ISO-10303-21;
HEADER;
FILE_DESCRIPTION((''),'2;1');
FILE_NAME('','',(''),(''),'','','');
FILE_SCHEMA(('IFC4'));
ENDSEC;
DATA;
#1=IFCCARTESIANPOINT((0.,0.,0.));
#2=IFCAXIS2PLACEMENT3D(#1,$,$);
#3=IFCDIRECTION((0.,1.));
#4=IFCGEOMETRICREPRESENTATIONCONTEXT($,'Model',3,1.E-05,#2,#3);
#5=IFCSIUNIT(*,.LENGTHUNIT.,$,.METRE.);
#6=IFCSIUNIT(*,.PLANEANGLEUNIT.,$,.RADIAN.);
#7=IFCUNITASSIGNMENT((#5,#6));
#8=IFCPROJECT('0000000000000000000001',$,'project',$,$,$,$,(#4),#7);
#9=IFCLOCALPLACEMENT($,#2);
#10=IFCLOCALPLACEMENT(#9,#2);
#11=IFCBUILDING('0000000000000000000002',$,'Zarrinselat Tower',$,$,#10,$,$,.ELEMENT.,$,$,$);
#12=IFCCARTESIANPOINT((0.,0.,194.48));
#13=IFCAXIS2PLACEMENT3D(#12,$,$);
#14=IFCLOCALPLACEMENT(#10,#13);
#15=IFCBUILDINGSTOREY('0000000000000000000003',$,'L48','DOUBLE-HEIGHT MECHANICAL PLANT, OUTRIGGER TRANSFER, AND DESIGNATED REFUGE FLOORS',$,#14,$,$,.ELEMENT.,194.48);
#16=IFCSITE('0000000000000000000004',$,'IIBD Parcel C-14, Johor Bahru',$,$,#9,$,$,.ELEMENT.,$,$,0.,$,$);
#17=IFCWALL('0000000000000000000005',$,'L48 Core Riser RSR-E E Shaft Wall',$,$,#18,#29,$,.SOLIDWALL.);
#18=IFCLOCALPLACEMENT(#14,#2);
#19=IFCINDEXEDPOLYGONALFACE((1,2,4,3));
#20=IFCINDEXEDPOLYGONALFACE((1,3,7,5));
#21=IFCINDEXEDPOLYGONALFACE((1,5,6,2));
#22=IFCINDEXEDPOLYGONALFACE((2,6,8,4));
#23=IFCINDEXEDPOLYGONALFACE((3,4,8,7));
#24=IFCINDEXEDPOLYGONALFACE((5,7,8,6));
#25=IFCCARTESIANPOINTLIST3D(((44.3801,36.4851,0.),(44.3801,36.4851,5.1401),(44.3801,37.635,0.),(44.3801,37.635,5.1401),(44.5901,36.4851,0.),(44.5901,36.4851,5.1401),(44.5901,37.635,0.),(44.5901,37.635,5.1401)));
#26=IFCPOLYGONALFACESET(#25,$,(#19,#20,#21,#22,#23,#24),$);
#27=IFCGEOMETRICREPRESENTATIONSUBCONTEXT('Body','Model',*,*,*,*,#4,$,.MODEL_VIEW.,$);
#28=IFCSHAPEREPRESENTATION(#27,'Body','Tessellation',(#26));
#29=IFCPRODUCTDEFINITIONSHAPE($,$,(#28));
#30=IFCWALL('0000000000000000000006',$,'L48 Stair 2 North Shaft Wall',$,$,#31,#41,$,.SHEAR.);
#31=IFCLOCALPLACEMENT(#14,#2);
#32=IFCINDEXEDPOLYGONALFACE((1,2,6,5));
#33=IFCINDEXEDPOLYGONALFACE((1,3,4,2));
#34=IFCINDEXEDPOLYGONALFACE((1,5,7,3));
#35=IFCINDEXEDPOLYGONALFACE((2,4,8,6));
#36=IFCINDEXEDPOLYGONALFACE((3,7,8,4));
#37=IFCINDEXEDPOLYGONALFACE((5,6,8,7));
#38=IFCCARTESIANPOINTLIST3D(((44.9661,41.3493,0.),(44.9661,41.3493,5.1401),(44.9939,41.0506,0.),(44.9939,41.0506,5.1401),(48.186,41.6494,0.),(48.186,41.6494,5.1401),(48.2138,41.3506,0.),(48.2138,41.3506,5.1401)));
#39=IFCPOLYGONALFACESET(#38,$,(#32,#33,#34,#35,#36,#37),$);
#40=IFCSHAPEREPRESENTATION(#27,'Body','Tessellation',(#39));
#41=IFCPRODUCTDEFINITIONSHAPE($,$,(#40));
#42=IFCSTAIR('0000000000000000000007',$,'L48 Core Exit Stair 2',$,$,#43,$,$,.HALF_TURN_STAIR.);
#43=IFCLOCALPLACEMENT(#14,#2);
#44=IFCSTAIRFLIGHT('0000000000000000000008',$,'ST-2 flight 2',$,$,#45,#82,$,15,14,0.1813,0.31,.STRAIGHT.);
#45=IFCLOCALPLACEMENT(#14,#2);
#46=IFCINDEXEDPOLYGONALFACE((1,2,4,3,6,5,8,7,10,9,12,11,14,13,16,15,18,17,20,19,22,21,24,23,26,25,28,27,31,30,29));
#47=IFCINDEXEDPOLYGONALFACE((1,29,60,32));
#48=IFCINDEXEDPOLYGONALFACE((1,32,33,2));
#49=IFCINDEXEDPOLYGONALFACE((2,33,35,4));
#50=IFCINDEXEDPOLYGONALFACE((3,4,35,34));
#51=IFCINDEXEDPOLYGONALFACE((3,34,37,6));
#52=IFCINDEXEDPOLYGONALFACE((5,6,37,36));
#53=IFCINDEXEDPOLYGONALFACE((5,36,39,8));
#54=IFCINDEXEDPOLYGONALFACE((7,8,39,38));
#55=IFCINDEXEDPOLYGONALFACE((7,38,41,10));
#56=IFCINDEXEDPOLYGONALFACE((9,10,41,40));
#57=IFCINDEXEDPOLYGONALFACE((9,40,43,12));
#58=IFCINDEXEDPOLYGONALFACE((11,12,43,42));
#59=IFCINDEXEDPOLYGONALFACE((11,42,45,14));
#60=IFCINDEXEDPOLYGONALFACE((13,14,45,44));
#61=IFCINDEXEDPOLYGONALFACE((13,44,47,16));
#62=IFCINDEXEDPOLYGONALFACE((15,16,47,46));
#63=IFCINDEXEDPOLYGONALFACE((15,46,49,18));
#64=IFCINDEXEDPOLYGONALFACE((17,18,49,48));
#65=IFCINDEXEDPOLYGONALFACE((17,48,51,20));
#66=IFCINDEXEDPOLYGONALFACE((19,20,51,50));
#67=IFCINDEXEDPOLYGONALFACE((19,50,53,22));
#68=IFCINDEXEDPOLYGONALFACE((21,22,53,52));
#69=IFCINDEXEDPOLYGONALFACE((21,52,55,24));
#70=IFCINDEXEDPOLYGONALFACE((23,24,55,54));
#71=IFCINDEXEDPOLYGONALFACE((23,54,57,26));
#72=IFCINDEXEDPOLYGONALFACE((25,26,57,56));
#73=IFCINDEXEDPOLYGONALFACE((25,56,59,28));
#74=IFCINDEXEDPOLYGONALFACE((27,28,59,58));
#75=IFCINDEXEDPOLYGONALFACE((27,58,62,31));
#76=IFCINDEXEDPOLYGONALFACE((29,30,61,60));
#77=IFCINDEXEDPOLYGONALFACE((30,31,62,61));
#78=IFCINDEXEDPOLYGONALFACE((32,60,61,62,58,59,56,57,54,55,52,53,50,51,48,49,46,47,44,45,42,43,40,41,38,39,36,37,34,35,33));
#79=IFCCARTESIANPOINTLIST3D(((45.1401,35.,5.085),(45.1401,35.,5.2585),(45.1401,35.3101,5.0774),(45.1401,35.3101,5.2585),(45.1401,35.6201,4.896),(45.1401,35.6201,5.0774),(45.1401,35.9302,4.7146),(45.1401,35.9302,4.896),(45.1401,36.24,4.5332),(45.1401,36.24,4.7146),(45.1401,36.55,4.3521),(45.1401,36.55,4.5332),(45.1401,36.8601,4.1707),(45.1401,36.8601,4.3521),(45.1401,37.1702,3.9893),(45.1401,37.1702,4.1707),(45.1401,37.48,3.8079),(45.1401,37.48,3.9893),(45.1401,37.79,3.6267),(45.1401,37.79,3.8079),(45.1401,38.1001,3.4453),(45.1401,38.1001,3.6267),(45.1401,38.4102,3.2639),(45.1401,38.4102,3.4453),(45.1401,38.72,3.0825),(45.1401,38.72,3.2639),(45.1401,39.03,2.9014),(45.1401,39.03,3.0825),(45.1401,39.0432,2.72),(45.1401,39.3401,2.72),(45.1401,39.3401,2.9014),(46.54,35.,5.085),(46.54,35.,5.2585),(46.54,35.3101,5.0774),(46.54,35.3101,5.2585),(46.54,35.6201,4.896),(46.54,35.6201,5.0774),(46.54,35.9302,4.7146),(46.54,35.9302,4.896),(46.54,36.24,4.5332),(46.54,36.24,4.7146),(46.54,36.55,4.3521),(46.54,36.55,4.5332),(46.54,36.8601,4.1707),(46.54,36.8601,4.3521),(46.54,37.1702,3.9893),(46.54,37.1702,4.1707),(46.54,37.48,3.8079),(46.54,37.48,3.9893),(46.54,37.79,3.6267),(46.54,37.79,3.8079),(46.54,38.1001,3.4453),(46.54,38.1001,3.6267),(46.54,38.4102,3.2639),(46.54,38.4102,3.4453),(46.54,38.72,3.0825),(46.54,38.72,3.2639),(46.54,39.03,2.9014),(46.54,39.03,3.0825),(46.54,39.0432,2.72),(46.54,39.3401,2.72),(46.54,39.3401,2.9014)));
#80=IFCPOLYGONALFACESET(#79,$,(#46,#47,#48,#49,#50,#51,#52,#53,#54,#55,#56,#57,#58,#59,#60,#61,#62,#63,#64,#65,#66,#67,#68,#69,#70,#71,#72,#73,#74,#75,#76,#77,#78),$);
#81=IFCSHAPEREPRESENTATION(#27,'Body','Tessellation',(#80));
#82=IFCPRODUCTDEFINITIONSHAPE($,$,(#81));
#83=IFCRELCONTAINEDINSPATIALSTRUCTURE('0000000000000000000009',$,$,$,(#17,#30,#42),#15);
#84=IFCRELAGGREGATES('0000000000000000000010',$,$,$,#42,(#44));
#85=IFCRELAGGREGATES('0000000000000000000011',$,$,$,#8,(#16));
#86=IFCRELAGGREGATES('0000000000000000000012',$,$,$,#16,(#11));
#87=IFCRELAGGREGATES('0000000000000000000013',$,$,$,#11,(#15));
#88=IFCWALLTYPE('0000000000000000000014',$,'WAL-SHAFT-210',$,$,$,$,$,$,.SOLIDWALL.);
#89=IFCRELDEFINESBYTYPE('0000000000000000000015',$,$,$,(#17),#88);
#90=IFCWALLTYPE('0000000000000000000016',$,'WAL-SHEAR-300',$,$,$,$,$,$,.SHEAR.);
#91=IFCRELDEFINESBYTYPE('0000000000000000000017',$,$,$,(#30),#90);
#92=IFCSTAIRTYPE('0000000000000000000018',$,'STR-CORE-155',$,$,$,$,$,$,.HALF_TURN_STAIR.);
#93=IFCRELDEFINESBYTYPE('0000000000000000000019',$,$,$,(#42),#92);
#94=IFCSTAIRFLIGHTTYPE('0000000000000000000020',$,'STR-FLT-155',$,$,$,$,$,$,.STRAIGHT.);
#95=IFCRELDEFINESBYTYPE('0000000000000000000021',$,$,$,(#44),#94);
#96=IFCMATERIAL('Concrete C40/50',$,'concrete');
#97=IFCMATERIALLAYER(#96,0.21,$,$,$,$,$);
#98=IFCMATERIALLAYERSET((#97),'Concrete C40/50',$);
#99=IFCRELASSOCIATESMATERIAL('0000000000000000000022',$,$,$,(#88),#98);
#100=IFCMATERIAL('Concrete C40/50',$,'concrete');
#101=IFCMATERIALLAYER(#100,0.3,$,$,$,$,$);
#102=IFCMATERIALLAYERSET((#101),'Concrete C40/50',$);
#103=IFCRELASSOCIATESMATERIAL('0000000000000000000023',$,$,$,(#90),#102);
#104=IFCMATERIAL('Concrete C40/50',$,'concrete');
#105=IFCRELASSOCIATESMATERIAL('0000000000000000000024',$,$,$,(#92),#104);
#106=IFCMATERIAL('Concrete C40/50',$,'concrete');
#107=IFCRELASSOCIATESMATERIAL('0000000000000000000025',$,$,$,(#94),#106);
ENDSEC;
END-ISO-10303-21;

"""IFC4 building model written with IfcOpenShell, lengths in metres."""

from ifc_helpers import new_model, si_unit, direction, frame, frame_2d, origin, place, context, subcontext, project, spatial, polyline, rectangle, outline, extrude, material, layer, layer_set, type_object, element, aggregate, save


model = new_model("IFC4")

# Units and contexts
model_context = context("Model", 3, precision=1e-05, world=origin(), true_north=direction((0.0, 1.0)))
body_context = subcontext(model_context, "Body", "Model", "MODEL_VIEW")
ifc_project = project(units=[si_unit("LENGTHUNIT", "METRE"), si_unit("PLANEANGLEUNIT", "RADIAN")], contexts=[model_context])

# Site, building, storey
site_placement = place(None, origin())
site = spatial("IfcSite", under=ifc_project, at=site_placement, Name="IIBD Parcel C-14, Johor Bahru", CompositionType="ELEMENT", RefElevation=0.0)
building_placement = place(site_placement, origin())
building = spatial("IfcBuilding", under=site, at=building_placement, Name="Zarrinselat Tower", CompositionType="ELEMENT")
storey_placement = place(building_placement, frame((0.0, 0.0, 194.48)))
storey = spatial("IfcBuildingStorey", under=building, at=storey_placement, Name="L48", Description="DOUBLE-HEIGHT MECHANICAL PLANT, OUTRIGGER TRANSFER, AND DESIGNATED REFUGE FLOORS", CompositionType="ELEMENT", Elevation=194.48)

# Walls
ifc_material_1 = material(Name="Concrete C40/50", Category="concrete")
ifc_layer_1 = layer(ifc_material_1, 0.21)
ifc_layer_set_1 = layer_set([ifc_layer_1], Name="Concrete C40/50")
wall_type_1 = type_object("IfcWallType", Name="WAL-SHAFT-210", PredefinedType="SOLIDWALL", material=ifc_layer_set_1)
for number, where, z_axis, x_axis, name in (
    (1, (44.4851, 36.4851, 0.0), (0.0, 0.0, 1.0), (0.0, 1.0, 0.0), "L48 Core Riser RSR-E E Shaft Wall"),
):
    element("IfcWall", number, at=place(storey_placement, frame(where, z_axis=z_axis, x_axis=x_axis)), inside=storey, type_object=wall_type_1, Name=name, PredefinedType="SOLIDWALL", context=body_context, shape_type="SweptSolid", body=[
        extrude(rectangle(XDim=1.1499, YDim=0.21, at=frame_2d((0.575, 0.0))), origin(), (0.0, 0.0, 1.0), 5.1401),
    ])
ifc_material_2 = material(Name="Concrete C40/50", Category="concrete")
ifc_layer_2 = layer(ifc_material_2, 0.3)
ifc_layer_set_2 = layer_set([ifc_layer_2], Name="Concrete C40/50")
wall_type_2 = type_object("IfcWallType", Name="WAL-SHEAR-300", PredefinedType="SHEAR", material=ifc_layer_set_2)
wall_1_placement = place(storey_placement, frame((44.98, 41.2, 0.0), z_axis=(0.0, 0.0, 1.0), x_axis=(0.995686, 0.092782, 0.0)))
element("IfcWall", 2, at=wall_1_placement, inside=storey, type_object=wall_type_2, Name="L48 Stair 2 North Shaft Wall", PredefinedType="SHEAR", context=body_context, shape_type="SweptSolid", body=[
    extrude(rectangle(XDim=3.2339, YDim=0.3, at=frame_2d((1.6169, 0.0))), origin(), (0.0, 0.0, 1.0), 5.1401),
])

# Stair, stair flight
ifc_material_3 = material(Name="Concrete C40/50", Category="concrete")
stair_type = type_object("IfcStairType", Name="STR-CORE-155", PredefinedType="HALF_TURN_STAIR", material=ifc_material_3)
stair_placement = place(storey_placement, origin())
stair = element("IfcStair", 3, at=stair_placement, inside=storey, type_object=stair_type, Name="L48 Core Exit Stair 2", PredefinedType="HALF_TURN_STAIR")
ifc_material_4 = material(Name="Concrete C40/50", Category="concrete")
stair_flight_type = type_object("IfcStairFlightType", Name="STR-FLT-155", PredefinedType="STRAIGHT", material=ifc_material_4)
stair_flight_placement = place(storey_placement, frame((45.8401, 39.3401, 2.72), z_axis=(0.0, 0.0, 1.0), x_axis=(0.0, -1.0, 0.0)))
stair_flight = element("IfcStairFlight", 4, at=stair_flight_placement, type_object=stair_flight_type, Name="ST-2 flight 2", NumberOfRisers=15, NumberOfTreads=14, PredefinedType="STRAIGHT", RiserHeight=0.1813, TreadLength=0.31, context=body_context, shape_type="SweptSolid", body=[
    extrude(outline(polyline([(0.0, 0.0), (0.0, 0.1814), (0.3101, 0.1814), (0.3101, 0.3625), (0.6201, 0.3625), (0.6201, 0.5439), (0.9299, 0.5439), (0.9299, 0.7253), (1.24, 0.7253), (1.24, 0.9067), (1.55, 0.9067), (1.55, 1.0879), (1.8601, 1.0879), (1.8601, 1.2693), (2.1699, 1.2693), (2.1699, 1.4507), (2.48, 1.4507), (2.48, 1.6321), (2.79, 1.6321), (2.79, 1.8132), (3.1001, 1.8132), (3.1001, 1.9946), (3.4099, 1.9946), (3.4099, 2.176), (3.72, 2.176), (3.72, 2.3574), (4.03, 2.3574), (4.03, 2.5386), (4.3401, 2.5386), (4.3401, 2.72), (4.3401, 2.365), (0.2969, 0.0), (0.0, 0.0)])), frame((0.0, 0.7, 0.0), z_axis=(0.0, -1.0, 0.0), x_axis=(1.0, 0.0, 0.0)), (0.0, 0.0, 1.0), 1.3999),
])
aggregate(stair, [stair_flight])

save(model, "model.ifc")
